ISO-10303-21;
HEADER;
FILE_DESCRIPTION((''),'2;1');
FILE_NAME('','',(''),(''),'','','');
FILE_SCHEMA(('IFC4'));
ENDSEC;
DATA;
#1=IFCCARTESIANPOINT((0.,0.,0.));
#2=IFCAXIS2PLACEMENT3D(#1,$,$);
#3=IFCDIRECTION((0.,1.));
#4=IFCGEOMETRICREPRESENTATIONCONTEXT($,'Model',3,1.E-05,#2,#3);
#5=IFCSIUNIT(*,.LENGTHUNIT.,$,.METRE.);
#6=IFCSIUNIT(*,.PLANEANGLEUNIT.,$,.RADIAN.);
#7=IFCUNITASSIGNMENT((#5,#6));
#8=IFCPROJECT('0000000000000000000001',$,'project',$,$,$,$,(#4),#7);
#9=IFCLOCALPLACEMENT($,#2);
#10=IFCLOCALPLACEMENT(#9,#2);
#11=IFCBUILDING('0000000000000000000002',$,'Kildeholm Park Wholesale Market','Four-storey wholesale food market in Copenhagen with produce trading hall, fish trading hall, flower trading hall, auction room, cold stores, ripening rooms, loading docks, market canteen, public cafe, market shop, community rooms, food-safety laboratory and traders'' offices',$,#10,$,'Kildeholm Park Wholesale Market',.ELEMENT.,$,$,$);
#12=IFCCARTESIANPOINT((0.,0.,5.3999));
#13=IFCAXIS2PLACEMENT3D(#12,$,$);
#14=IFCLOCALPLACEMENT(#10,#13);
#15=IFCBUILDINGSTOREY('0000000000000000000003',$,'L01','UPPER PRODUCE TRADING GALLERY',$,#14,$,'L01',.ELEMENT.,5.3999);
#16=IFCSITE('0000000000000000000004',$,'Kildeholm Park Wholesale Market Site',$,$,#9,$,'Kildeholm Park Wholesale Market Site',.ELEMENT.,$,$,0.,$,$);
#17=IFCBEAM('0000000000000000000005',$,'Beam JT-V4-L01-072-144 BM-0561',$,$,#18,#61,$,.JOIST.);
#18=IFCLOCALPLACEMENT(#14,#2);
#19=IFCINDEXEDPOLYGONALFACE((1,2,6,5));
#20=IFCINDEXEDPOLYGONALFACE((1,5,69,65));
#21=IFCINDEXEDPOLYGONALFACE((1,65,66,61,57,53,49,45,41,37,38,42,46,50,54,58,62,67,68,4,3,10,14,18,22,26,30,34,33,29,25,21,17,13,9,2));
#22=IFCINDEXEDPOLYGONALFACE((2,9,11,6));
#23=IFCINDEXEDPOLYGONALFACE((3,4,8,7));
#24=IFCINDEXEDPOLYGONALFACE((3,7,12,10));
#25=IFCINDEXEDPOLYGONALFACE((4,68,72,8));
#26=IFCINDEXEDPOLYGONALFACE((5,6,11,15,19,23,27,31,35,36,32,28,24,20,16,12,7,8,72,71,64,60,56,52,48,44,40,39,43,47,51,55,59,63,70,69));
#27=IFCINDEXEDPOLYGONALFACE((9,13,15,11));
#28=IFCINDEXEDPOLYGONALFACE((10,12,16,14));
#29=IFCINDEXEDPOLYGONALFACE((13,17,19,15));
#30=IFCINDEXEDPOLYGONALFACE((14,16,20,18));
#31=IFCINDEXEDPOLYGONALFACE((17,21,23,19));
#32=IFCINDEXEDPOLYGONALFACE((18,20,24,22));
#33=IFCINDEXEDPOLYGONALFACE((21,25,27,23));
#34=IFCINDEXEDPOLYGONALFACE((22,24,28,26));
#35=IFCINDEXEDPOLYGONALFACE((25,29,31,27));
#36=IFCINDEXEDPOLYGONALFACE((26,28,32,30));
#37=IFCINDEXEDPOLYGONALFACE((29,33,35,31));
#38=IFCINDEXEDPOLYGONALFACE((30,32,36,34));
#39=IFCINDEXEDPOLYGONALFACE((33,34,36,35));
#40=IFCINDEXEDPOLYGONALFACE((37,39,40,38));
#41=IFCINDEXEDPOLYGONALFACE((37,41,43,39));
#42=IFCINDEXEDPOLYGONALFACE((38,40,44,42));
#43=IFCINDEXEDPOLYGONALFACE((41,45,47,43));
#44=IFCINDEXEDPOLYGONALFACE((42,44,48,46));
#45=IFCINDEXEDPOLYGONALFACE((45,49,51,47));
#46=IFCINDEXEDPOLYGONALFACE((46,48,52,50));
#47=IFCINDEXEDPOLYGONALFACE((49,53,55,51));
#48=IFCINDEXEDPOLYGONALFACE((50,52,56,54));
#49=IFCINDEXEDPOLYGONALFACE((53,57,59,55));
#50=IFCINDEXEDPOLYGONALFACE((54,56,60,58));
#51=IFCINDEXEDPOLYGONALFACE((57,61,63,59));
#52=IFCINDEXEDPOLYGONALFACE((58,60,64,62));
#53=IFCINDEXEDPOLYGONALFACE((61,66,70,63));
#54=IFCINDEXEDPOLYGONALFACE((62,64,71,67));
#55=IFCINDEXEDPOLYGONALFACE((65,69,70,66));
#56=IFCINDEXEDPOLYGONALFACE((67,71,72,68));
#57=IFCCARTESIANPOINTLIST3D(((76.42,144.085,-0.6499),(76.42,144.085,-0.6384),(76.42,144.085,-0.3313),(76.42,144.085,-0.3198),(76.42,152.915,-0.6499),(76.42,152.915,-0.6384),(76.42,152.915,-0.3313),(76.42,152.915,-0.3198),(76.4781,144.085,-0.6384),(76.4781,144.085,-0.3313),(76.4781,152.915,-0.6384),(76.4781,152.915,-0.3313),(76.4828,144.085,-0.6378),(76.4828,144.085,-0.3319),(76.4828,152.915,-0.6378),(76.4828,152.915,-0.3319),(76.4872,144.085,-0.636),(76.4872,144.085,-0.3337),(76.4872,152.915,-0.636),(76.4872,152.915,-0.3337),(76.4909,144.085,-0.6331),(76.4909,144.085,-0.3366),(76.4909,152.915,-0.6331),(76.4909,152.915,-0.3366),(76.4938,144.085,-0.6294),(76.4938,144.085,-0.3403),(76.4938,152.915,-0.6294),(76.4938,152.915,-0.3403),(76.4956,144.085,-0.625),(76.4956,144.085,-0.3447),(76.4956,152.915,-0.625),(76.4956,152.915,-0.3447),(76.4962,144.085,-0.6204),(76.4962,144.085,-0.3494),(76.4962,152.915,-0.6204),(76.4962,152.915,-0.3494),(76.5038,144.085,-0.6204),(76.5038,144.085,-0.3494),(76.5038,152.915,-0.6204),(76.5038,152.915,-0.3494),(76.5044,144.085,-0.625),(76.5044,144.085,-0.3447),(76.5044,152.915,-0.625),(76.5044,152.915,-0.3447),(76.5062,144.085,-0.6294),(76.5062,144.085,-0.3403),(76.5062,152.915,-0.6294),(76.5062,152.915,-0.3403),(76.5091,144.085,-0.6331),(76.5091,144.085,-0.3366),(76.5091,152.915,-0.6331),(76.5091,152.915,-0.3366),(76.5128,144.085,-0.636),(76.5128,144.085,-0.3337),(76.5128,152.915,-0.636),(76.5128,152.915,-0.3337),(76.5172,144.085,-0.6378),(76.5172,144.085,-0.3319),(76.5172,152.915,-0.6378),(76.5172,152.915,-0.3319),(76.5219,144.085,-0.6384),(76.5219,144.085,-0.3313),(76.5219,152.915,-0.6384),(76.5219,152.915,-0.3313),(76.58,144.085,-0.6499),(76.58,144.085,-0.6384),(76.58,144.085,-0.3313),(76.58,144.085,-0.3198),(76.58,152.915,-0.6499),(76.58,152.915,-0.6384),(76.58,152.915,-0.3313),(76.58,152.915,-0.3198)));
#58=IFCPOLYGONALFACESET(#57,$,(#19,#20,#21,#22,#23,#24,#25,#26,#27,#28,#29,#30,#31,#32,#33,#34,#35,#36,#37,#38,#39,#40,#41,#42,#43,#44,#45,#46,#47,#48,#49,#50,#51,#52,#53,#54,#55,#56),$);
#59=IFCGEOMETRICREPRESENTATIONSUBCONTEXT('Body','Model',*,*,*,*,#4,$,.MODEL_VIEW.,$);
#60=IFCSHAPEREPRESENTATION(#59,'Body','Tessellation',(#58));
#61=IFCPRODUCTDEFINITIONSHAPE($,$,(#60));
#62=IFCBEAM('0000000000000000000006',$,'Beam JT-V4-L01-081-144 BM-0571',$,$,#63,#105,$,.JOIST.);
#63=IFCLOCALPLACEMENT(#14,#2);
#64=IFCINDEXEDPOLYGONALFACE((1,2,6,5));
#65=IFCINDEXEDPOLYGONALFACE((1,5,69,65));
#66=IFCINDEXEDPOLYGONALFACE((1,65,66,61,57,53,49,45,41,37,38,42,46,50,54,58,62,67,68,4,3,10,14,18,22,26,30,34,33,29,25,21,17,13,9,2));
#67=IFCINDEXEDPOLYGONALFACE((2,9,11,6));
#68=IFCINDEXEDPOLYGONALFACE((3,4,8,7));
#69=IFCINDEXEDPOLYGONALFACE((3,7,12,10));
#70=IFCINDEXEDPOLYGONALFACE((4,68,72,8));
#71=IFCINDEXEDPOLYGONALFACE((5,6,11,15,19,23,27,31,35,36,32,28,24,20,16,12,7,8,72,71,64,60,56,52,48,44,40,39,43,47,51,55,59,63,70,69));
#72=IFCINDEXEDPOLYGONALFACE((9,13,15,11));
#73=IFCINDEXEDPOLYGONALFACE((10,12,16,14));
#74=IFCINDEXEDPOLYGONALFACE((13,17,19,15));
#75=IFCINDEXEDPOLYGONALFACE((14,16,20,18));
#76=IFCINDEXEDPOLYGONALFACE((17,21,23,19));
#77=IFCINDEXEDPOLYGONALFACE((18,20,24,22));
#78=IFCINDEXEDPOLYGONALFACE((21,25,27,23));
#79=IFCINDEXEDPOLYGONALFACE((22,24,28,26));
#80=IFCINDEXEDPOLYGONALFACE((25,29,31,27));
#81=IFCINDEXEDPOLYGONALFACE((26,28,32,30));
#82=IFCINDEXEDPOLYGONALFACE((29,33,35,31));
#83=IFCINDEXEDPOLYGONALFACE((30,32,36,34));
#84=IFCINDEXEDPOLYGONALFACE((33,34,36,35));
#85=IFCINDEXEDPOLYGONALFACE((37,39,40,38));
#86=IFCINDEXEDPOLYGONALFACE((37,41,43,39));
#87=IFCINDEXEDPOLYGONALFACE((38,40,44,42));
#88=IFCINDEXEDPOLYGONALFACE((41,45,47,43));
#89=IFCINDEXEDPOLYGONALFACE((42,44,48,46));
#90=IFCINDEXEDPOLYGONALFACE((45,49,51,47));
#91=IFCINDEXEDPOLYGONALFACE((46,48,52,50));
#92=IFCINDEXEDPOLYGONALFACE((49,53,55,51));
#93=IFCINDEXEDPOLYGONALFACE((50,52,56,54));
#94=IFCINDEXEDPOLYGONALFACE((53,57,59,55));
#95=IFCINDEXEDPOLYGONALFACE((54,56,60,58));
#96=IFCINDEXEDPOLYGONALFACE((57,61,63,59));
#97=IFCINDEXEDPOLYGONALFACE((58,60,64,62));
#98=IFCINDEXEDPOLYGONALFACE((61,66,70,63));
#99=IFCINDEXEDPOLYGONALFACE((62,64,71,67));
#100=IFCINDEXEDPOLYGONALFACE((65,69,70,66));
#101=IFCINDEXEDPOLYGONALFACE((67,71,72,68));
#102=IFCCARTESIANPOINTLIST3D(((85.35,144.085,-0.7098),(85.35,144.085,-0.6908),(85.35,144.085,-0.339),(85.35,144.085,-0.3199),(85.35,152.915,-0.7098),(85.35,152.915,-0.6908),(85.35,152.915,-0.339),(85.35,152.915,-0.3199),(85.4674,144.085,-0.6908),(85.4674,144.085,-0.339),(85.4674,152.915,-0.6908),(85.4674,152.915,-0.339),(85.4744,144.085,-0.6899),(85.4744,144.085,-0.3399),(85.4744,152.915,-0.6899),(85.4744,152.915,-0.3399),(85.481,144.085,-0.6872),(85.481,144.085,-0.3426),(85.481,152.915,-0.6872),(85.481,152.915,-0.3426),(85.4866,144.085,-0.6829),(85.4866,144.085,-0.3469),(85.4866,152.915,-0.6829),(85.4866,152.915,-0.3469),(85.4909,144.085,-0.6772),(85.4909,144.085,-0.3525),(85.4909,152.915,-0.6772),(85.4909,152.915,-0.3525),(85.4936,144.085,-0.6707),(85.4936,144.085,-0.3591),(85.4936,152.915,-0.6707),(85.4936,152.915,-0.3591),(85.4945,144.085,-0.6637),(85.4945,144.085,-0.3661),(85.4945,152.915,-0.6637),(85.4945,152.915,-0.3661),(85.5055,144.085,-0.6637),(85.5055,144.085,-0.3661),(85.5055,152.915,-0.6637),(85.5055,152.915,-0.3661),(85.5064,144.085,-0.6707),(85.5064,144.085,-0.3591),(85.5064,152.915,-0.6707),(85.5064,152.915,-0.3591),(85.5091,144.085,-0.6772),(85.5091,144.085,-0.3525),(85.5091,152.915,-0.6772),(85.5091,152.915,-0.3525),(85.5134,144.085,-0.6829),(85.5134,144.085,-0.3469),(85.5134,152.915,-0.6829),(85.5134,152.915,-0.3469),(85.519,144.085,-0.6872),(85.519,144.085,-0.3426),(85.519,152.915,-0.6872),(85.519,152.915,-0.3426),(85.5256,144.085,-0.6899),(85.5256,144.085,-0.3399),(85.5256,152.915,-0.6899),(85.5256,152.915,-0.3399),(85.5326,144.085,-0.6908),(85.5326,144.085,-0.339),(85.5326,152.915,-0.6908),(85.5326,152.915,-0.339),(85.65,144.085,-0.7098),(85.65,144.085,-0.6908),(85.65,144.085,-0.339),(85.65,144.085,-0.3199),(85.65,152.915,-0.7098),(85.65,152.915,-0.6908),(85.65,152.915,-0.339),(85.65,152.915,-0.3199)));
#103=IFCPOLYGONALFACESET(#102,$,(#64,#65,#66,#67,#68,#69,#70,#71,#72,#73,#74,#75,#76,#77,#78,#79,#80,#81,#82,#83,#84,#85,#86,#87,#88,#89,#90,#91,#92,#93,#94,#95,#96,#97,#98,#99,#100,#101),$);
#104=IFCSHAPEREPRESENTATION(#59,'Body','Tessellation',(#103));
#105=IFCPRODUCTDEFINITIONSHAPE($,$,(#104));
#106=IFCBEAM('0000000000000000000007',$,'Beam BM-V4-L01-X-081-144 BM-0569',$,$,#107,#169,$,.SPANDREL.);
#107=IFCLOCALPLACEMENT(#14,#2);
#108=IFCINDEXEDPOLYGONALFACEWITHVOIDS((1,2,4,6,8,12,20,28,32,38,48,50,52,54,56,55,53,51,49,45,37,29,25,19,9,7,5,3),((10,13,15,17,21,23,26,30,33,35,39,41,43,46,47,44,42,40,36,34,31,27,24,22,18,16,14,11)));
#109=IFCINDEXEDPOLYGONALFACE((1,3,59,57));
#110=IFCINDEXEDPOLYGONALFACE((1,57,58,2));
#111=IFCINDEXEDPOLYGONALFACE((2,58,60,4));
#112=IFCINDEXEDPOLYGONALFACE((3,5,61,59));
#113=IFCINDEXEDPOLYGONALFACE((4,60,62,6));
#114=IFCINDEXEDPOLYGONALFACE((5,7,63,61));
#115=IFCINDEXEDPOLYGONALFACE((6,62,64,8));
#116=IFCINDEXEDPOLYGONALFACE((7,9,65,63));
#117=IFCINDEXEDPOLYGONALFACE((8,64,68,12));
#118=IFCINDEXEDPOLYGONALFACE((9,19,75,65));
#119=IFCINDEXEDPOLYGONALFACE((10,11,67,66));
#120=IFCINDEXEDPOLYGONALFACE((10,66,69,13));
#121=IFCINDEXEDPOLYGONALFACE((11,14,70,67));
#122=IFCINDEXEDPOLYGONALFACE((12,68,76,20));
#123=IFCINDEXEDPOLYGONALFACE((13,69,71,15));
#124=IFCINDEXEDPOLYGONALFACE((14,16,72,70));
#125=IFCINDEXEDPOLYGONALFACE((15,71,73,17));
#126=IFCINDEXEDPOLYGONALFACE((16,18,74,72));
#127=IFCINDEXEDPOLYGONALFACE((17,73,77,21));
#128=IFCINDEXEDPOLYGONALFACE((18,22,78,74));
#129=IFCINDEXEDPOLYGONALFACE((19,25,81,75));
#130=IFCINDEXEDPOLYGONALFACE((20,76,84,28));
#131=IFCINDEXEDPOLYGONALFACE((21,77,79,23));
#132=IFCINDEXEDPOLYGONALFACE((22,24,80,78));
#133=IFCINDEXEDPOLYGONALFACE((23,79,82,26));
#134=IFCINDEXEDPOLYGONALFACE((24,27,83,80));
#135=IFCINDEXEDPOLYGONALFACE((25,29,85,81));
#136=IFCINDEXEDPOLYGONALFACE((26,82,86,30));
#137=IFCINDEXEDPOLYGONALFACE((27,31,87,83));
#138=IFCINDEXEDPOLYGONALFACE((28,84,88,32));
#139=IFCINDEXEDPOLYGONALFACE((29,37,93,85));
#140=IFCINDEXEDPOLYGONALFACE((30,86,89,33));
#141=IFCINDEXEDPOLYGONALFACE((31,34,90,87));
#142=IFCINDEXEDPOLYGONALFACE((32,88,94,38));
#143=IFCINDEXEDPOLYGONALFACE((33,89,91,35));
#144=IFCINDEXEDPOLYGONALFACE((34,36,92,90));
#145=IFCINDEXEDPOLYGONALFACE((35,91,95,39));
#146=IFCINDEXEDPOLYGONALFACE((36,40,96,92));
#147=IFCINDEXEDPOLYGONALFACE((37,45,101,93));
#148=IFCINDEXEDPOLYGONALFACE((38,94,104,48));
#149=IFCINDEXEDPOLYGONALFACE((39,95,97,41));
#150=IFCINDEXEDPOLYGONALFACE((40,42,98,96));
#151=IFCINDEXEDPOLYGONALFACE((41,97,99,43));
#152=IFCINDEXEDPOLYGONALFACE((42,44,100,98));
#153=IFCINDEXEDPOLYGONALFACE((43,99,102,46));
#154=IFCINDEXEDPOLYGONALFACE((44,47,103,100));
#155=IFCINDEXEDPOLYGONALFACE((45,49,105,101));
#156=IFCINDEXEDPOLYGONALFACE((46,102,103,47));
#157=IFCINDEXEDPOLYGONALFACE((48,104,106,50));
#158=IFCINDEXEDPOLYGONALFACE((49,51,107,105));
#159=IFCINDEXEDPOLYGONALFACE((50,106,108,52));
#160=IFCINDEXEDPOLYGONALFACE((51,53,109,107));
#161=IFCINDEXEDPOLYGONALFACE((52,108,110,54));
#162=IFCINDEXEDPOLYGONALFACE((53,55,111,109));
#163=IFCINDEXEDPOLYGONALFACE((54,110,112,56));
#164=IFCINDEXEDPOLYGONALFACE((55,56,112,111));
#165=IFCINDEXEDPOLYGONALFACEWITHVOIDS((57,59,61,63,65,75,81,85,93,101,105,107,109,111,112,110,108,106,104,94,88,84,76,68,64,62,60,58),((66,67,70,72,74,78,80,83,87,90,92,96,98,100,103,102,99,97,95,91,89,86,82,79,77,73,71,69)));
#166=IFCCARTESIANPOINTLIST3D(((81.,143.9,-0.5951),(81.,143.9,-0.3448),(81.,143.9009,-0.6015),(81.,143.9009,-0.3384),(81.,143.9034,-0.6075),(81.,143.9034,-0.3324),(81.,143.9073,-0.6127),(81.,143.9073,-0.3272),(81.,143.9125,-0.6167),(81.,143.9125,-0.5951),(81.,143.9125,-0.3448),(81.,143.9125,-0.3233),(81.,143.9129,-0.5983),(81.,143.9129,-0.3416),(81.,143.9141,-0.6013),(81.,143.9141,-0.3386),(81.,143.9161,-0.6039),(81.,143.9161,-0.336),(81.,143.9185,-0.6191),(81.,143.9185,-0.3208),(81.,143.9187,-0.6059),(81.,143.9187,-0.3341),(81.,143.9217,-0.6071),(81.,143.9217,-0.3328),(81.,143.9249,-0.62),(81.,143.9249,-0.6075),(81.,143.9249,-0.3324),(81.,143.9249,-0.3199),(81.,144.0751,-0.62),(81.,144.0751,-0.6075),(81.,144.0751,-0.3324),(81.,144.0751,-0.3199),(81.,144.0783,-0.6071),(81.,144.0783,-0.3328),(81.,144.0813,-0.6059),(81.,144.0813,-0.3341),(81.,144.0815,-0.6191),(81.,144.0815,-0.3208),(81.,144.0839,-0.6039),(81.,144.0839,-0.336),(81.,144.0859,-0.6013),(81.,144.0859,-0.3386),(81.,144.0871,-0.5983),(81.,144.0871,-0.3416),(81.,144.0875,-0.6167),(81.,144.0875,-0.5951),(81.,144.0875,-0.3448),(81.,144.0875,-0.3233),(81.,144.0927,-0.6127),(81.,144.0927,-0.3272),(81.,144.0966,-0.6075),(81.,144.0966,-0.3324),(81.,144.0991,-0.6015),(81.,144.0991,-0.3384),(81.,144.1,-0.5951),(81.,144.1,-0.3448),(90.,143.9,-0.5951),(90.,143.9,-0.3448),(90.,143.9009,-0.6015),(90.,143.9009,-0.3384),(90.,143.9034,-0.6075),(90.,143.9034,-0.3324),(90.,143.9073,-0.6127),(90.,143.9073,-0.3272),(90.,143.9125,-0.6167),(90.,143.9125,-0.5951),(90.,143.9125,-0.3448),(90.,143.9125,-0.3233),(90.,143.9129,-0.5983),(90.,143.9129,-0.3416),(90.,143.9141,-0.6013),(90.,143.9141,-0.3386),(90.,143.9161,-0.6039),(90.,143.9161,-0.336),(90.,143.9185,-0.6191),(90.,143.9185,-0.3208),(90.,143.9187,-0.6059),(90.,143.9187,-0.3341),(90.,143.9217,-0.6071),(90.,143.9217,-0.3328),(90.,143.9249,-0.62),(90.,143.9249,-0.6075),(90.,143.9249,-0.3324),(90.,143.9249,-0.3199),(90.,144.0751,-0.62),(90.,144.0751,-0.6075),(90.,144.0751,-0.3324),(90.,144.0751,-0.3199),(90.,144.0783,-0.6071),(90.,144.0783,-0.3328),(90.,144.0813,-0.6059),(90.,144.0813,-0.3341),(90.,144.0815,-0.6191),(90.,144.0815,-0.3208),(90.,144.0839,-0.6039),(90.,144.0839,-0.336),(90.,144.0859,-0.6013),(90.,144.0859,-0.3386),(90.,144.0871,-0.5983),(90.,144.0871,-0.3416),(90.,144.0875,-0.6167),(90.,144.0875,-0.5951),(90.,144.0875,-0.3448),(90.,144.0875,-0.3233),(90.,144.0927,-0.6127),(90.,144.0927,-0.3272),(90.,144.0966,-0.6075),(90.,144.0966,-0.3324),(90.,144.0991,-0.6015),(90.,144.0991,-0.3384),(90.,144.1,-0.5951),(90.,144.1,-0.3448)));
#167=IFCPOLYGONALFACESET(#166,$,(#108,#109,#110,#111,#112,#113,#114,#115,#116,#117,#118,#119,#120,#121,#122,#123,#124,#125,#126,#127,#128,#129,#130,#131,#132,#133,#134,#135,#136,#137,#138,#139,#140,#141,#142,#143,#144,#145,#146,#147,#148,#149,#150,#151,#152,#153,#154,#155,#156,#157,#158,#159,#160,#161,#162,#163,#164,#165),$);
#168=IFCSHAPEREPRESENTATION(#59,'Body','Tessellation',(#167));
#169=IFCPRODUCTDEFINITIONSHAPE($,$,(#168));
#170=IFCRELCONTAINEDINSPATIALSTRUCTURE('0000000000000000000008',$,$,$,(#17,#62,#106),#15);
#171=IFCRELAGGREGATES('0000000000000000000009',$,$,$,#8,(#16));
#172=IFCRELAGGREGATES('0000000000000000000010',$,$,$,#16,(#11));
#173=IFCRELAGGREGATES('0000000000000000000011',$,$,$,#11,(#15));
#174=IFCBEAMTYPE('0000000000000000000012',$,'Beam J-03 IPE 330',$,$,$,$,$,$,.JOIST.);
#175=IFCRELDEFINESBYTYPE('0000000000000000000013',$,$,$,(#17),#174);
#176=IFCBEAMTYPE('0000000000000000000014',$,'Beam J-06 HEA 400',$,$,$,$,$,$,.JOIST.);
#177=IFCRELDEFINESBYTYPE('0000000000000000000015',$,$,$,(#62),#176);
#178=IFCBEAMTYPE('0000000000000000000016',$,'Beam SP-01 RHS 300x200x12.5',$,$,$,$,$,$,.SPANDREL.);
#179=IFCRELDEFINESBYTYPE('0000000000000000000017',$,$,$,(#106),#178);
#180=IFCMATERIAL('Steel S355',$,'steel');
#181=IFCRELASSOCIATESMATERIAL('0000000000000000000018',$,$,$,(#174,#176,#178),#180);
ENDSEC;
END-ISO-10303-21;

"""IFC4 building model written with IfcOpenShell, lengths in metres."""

from ifc_helpers import new_model, si_unit, direction, frame, origin, origin_2d, place, context, subcontext, project, spatial, hollow_rectangle, i_section, extrude, material, material_profile, profile_set, type_object, element, save


model = new_model("IFC4")

# Units and contexts
model_context = context("Model", 3, precision=1e-05, world=origin(), true_north=direction((0.0, 1.0)))
body_context = subcontext(model_context, "Body", "Model", "MODEL_VIEW")
ifc_project = project(units=[si_unit("LENGTHUNIT", "METRE"), si_unit("PLANEANGLEUNIT", "RADIAN")], contexts=[model_context])

# Site, building, storey
site_placement = place(None, origin())
site = spatial("IfcSite", under=ifc_project, at=site_placement, Name="Kildeholm Park Wholesale Market Site", LongName="Kildeholm Park Wholesale Market Site", CompositionType="ELEMENT", RefElevation=0.0)
building_placement = place(site_placement, origin())
building = spatial("IfcBuilding", under=site, at=building_placement, Name="Kildeholm Park Wholesale Market", Description="Four-storey wholesale food market in Copenhagen with produce trading hall, fish trading hall, flower trading hall, auction room, cold stores, ripening rooms, loading docks, market canteen, public cafe, market shop, community rooms, food-safety laboratory and traders' offices", LongName="Kildeholm Park Wholesale Market", CompositionType="ELEMENT")
storey_placement = place(building_placement, frame((0.0, 0.0, 5.3999)))
storey = spatial("IfcBuildingStorey", under=building, at=storey_placement, Name="L01", Description="UPPER PRODUCE TRADING GALLERY", LongName="L01", CompositionType="ELEMENT", Elevation=5.3999)

# Beams
ifc_material_1 = material(Name="Steel S355", Category="steel")
ifc_material_profile_1 = material_profile(ifc_material_1, i_section(OverallWidth=0.1599, OverallDepth=0.3301, WebThickness=0.0076, FlangeThickness=0.0115, FilletRadius=0.0181, at=origin_2d()), Name="IPE 330")
ifc_profile_set_1 = profile_set([ifc_material_profile_1], Name="Steel S355")
beam_type_1 = type_object("IfcBeamType", Name="Beam J-03 IPE 330", PredefinedType="JOIST", material=ifc_profile_set_1)
beam_1_placement = place(storey_placement, frame((76.5, 144.085, -0.4849), z_axis=(0.0, 1.0, 0.0), x_axis=(-1.0, 0.0, 0.0)))
element("IfcBeam", 1, at=beam_1_placement, inside=storey, type_object=beam_type_1, Name="Beam JT-V4-L01-072-144 BM-0561", PredefinedType="JOIST", context=body_context, shape_type="SweptSolid", body=[
    extrude(i_section(OverallWidth=0.1599, OverallDepth=0.3301, WebThickness=0.0076, FlangeThickness=0.0115, FilletRadius=0.0181, at=origin_2d()), origin(), (0.0, 0.0, 1.0), 8.8301),
])
ifc_material_profile_2 = material_profile(ifc_material_1, i_section(OverallWidth=0.3, OverallDepth=0.3899, WebThickness=0.011, FlangeThickness=0.019, FilletRadius=0.0271, at=origin_2d()), Name="HEA 400")
ifc_profile_set_2 = profile_set([ifc_material_profile_2], Name="Steel S355")
beam_type_2 = type_object("IfcBeamType", Name="Beam J-06 HEA 400", PredefinedType="JOIST", material=ifc_profile_set_2)
beam_2_placement = place(storey_placement, frame((85.5, 144.085, -0.5149), z_axis=(0.0, 1.0, 0.0), x_axis=(-1.0, 0.0, 0.0)))
element("IfcBeam", 2, at=beam_2_placement, inside=storey, type_object=beam_type_2, Name="Beam JT-V4-L01-081-144 BM-0571", PredefinedType="JOIST", context=body_context, shape_type="SweptSolid", body=[
    extrude(i_section(OverallWidth=0.3, OverallDepth=0.3899, WebThickness=0.011, FlangeThickness=0.019, FilletRadius=0.0271, at=origin_2d()), origin(), (0.0, 0.0, 1.0), 8.8301),
])
ifc_material_profile_3 = material_profile(ifc_material_1, hollow_rectangle(XDim=0.2, YDim=0.3, WallThickness=0.0125, InnerFilletRadius=0.0125, OuterFilletRadius=0.0249, at=origin_2d()), Name="RHS 300x200x12.5")
ifc_profile_set_3 = profile_set([ifc_material_profile_3], Name="Steel S355")
beam_type_3 = type_object("IfcBeamType", Name="Beam SP-01 RHS 300x200x12.5", PredefinedType="SPANDREL", material=ifc_profile_set_3)
for number, where, z_axis, x_axis, name in (
    (3, (81.0, 144.0, -0.47), (1.0, 0.0, 0.0), (0.0, 1.0, 0.0), "Beam BM-V4-L01-X-081-144 BM-0569"),
):
    element("IfcBeam", number, at=place(storey_placement, frame(where, z_axis=z_axis, x_axis=x_axis)), inside=storey, type_object=beam_type_3, Name=name, PredefinedType="SPANDREL", context=body_context, shape_type="SweptSolid", body=[
        extrude(hollow_rectangle(XDim=0.2, YDim=0.3, WallThickness=0.0125, InnerFilletRadius=0.0125, OuterFilletRadius=0.0249, at=origin_2d()), origin(), (0.0, 0.0, 1.0), 9.0),
    ])

save(model, "model.ifc")
